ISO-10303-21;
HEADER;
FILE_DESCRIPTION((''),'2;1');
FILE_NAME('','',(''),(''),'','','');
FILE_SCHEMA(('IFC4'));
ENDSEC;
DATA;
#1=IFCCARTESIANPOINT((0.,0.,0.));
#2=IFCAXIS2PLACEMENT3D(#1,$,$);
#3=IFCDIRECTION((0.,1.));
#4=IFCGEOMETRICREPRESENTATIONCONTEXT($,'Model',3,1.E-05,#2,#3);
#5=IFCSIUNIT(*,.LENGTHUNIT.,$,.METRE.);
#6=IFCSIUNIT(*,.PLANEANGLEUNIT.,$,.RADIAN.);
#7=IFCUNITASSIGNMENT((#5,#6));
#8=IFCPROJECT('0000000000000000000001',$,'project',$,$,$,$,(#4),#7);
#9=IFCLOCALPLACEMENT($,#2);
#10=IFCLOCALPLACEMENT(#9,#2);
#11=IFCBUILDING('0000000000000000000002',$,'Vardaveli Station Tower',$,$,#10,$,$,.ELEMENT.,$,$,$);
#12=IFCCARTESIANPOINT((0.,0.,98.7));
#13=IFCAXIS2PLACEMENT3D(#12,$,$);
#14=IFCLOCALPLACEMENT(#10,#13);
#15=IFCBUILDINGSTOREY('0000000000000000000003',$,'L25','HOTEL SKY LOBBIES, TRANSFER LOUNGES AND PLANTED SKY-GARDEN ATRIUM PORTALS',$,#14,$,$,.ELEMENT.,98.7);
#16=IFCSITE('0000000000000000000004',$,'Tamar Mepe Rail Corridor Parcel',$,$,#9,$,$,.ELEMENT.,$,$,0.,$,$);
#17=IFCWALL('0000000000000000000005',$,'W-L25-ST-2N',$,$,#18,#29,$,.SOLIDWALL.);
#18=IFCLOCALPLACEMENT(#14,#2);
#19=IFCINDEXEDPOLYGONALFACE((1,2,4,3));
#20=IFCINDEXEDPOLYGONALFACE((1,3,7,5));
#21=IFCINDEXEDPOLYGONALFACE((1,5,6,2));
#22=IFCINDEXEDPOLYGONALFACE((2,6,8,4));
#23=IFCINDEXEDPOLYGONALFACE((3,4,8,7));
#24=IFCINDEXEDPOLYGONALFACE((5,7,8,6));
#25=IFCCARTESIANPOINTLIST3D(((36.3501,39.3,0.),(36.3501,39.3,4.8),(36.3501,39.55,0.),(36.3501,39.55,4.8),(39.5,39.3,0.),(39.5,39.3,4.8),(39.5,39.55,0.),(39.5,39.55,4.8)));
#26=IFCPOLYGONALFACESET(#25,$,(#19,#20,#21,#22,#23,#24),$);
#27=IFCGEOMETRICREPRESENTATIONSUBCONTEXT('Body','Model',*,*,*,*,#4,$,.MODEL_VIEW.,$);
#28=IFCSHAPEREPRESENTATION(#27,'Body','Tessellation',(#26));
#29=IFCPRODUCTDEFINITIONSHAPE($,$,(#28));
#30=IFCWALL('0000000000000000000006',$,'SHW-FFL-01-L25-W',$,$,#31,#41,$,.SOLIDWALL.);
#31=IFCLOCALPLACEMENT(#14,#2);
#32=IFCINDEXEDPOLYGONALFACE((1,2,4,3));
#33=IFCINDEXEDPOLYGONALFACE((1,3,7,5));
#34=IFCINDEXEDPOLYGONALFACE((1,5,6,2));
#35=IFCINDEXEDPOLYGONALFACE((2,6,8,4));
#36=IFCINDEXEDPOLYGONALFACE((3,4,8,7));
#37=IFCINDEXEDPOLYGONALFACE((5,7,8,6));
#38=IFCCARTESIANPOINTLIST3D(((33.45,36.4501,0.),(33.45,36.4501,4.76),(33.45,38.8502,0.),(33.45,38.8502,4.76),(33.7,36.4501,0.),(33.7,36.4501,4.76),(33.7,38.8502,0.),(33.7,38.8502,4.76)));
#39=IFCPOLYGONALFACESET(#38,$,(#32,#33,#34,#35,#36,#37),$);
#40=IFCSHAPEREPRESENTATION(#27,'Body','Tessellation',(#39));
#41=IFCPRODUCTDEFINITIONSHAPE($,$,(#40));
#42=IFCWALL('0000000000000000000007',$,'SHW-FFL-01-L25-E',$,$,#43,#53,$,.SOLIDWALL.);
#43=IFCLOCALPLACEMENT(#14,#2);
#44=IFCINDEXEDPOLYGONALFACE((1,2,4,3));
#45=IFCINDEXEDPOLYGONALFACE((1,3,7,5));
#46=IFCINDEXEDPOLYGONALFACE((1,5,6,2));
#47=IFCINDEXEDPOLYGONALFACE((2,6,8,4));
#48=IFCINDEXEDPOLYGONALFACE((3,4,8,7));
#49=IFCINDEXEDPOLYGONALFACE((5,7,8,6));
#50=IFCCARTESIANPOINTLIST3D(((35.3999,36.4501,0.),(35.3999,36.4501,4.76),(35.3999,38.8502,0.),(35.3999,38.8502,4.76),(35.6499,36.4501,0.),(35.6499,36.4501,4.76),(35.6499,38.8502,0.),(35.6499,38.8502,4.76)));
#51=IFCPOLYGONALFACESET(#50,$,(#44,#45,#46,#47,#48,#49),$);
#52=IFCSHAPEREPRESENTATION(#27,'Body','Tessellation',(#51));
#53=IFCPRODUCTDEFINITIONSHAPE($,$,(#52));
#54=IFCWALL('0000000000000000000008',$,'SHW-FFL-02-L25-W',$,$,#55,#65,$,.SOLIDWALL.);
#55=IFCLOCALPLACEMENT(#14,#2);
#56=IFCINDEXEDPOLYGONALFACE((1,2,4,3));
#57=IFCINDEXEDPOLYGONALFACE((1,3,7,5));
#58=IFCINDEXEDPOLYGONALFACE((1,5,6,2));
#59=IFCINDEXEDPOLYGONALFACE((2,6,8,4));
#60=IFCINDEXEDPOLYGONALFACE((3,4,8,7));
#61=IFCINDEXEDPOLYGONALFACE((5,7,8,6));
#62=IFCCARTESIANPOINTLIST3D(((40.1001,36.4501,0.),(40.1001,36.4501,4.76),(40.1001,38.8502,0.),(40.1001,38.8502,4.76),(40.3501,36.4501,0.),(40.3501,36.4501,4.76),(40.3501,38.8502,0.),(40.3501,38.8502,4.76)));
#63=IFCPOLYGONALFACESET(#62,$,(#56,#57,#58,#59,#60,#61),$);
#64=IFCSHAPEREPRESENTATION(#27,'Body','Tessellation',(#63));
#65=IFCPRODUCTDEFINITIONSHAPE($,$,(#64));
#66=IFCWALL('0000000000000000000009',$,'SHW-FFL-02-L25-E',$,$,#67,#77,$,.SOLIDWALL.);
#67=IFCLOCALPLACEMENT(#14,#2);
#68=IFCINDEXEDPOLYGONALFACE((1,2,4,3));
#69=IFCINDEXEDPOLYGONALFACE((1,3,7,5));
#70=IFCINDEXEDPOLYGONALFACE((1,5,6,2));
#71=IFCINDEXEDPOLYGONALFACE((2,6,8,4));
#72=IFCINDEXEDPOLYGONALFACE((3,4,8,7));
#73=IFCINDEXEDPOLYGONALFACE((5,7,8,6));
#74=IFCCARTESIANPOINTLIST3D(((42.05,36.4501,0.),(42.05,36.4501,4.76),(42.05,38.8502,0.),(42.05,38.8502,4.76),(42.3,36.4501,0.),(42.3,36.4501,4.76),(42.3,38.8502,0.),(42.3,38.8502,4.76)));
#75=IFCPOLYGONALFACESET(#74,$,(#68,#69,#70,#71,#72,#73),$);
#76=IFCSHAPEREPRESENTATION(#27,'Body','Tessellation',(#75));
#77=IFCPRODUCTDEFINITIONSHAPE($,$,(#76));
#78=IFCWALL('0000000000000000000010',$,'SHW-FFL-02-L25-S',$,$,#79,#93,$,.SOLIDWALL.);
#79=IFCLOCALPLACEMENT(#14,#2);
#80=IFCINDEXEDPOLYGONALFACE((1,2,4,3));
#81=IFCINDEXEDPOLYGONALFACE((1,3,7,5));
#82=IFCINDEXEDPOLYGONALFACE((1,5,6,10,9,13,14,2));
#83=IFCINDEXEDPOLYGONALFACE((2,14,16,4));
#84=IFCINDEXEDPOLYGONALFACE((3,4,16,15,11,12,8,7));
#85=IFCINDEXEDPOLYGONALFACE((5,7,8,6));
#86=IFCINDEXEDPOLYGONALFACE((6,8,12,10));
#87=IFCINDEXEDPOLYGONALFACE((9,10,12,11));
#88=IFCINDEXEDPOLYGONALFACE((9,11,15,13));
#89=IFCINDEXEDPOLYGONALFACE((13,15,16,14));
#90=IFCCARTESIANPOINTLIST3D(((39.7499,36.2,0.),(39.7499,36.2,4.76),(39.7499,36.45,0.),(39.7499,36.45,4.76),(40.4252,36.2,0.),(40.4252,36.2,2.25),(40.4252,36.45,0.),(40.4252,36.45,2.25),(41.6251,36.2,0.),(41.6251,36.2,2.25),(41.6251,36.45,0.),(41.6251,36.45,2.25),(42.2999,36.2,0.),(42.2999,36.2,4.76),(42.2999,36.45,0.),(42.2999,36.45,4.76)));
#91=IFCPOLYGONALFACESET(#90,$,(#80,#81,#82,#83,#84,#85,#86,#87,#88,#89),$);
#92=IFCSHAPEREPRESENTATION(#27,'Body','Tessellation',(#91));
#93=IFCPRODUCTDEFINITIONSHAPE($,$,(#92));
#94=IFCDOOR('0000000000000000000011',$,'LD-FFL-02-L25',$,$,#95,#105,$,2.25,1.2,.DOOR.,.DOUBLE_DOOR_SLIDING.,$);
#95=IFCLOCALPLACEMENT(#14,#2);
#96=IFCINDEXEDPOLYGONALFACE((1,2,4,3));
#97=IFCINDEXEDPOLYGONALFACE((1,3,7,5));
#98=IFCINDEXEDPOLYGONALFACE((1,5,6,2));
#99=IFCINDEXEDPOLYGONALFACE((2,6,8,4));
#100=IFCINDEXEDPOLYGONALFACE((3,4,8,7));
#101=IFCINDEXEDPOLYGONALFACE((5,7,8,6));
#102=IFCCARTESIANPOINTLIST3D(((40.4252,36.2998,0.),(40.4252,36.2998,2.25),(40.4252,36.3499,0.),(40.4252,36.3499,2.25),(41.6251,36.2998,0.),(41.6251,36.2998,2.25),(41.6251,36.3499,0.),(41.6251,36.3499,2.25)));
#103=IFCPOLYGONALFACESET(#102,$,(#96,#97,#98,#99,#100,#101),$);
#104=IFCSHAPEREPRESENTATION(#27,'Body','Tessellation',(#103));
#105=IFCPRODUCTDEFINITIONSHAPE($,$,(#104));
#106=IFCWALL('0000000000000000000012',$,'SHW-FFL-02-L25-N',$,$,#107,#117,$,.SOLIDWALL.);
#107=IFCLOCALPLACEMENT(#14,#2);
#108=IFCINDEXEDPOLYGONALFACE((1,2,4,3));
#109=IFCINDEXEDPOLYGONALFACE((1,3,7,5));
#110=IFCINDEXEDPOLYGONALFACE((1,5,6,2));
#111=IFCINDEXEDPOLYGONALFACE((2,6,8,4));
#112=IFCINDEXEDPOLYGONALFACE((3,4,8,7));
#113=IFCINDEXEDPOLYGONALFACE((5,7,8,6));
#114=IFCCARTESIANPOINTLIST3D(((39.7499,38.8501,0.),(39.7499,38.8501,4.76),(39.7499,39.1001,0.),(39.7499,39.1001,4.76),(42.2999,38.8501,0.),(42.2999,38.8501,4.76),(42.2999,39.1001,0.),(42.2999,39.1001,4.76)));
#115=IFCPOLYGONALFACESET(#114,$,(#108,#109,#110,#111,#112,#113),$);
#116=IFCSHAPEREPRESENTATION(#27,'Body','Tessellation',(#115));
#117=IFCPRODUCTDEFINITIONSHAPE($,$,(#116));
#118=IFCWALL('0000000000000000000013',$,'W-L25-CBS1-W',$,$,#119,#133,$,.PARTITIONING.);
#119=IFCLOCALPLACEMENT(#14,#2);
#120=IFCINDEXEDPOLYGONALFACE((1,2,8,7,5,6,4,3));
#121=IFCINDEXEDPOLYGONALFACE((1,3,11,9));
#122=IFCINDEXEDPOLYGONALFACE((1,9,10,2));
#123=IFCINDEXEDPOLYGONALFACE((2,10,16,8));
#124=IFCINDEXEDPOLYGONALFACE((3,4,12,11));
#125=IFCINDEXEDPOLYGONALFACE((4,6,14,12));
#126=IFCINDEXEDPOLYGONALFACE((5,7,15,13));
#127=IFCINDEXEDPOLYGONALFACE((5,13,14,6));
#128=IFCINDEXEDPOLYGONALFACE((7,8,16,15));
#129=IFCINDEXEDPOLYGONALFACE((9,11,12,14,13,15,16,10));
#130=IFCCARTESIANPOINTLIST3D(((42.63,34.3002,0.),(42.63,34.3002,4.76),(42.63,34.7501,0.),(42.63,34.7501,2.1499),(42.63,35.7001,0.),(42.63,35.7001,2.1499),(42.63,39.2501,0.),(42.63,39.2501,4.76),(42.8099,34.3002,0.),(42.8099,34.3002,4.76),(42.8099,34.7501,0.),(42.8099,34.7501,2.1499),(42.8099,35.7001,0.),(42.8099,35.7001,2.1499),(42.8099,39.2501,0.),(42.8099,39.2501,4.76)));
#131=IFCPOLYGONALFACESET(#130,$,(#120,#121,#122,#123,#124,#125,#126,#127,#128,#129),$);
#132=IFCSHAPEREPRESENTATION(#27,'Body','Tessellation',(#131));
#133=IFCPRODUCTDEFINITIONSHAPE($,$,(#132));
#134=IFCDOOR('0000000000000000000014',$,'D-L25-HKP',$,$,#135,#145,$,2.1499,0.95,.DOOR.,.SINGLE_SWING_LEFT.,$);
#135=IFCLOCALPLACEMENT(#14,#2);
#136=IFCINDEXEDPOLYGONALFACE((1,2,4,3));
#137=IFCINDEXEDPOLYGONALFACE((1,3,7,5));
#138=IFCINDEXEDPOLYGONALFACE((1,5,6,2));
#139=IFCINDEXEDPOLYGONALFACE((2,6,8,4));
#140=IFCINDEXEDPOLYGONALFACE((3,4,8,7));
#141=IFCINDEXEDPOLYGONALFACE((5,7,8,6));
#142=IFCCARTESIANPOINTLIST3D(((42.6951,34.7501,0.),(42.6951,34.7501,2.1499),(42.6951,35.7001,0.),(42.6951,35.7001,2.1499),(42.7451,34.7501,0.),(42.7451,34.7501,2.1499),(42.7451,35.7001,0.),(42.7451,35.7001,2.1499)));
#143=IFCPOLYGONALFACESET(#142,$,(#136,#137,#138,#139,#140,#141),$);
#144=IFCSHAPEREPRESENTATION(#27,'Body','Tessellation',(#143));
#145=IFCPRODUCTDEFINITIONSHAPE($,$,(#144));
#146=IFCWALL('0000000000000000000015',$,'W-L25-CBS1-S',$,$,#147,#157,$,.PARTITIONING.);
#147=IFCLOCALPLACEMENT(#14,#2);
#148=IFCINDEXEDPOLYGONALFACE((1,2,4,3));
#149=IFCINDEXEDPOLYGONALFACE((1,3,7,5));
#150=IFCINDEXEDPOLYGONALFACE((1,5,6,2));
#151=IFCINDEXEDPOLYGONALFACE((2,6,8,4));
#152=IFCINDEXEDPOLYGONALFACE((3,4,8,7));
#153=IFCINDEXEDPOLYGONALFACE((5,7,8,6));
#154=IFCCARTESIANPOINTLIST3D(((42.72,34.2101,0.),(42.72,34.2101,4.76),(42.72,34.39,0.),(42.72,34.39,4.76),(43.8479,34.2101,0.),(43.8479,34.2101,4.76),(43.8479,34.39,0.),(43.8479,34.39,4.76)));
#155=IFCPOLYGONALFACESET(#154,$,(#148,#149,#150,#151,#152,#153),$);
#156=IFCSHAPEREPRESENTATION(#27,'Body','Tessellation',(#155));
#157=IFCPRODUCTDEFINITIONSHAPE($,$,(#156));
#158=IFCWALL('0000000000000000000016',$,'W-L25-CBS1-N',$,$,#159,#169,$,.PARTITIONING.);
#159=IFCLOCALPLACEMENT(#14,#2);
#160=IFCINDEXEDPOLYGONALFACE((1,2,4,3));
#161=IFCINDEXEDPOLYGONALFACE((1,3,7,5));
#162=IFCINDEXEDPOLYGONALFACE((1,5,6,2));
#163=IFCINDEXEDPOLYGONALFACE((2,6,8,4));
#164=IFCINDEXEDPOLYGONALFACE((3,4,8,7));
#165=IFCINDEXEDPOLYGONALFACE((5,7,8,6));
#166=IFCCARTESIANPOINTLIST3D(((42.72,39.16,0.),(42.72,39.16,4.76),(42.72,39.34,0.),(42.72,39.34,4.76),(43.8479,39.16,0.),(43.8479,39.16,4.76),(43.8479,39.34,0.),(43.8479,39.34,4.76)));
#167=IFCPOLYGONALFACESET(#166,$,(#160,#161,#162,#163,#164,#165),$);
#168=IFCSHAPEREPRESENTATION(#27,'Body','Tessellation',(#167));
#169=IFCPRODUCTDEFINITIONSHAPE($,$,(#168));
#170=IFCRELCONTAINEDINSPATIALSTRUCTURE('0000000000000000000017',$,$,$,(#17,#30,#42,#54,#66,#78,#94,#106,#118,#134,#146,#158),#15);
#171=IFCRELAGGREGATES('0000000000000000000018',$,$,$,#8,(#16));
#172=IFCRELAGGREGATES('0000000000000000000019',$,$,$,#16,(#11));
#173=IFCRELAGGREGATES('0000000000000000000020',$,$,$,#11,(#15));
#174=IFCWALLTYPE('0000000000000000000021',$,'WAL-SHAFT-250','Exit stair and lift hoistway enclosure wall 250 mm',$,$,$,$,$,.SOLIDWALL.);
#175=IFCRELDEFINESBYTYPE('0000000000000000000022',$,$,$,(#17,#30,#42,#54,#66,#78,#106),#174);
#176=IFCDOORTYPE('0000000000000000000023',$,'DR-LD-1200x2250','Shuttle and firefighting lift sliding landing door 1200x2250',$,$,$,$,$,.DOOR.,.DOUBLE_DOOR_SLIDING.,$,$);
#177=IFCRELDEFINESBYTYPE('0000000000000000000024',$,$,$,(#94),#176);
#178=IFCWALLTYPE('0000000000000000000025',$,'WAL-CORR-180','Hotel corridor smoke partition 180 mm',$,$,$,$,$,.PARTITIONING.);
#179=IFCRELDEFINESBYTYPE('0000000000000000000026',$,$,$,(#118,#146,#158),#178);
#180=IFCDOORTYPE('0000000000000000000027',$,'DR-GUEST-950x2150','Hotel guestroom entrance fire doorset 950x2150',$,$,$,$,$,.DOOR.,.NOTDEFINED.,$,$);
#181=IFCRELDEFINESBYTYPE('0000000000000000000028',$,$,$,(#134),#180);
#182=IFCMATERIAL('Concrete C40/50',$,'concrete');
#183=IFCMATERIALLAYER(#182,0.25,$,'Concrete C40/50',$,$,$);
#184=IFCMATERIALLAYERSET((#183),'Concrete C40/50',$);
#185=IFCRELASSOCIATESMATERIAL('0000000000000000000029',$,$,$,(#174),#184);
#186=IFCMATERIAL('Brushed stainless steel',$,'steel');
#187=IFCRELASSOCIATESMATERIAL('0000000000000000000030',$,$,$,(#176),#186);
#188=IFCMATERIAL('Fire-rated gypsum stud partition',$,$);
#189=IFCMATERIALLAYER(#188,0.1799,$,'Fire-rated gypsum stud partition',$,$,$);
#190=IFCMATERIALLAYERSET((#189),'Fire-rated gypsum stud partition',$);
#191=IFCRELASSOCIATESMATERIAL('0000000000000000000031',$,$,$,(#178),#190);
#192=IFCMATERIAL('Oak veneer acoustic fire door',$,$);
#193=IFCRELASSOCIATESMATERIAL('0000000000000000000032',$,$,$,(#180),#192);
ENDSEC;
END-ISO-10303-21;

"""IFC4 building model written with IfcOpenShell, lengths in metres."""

from ifc_helpers import new_model, si_unit, direction, frame, frame_2d, origin, place, context, subcontext, project, spatial, rectangle, extrude, source, transform, mapped, material, layer, layer_set, type_object, element, fill, save


model = new_model("IFC4")

# Units and contexts
model_context = context("Model", 3, precision=1e-05, world=origin(), true_north=direction((0.0, 1.0)))
body_context = subcontext(model_context, "Body", "Model", "MODEL_VIEW")
ifc_project = project(units=[si_unit("LENGTHUNIT", "METRE"), si_unit("PLANEANGLEUNIT", "RADIAN")], contexts=[model_context])

# Site, building, storey
site_placement = place(None, origin())
site = spatial("IfcSite", under=ifc_project, at=site_placement, Name="Tamar Mepe Rail Corridor Parcel", CompositionType="ELEMENT", RefElevation=0.0)
building_placement = place(site_placement, origin())
building = spatial("IfcBuilding", under=site, at=building_placement, Name="Vardaveli Station Tower", CompositionType="ELEMENT")
storey_placement = place(building_placement, frame((0.0, 0.0, 98.7)))
storey = spatial("IfcBuildingStorey", under=building, at=storey_placement, Name="L25", Description="HOTEL SKY LOBBIES, TRANSFER LOUNGES AND PLANTED SKY-GARDEN ATRIUM PORTALS", CompositionType="ELEMENT", Elevation=98.7)

# Walls
ifc_material_1 = material(Name="Concrete C40/50", Category="concrete")
ifc_layer_1 = layer(ifc_material_1, 0.25, Name="Concrete C40/50")
ifc_layer_set_1 = layer_set([ifc_layer_1], Name="Concrete C40/50")
wall_type_1 = type_object("IfcWallType", Name="WAL-SHAFT-250", Description="Exit stair and lift hoistway enclosure wall 250 mm", PredefinedType="SOLIDWALL", material=ifc_layer_set_1)
shared_shape_1 = source(origin(), body_context, "Body", "SweptSolid", [
    extrude(rectangle(XDim=3.1499, YDim=0.25, at=frame_2d((1.575, 0.0))), origin(), (0.0, 0.0, 1.0), 4.8),
])
wall_1_placement = place(storey_placement, frame((36.3501, 39.425, 0.0), z_axis=(0.0, 0.0, 1.0), x_axis=(1.0, 0.0, 0.0)))
element("IfcWall", 1, at=wall_1_placement, inside=storey, type_object=wall_type_1, Name="W-L25-ST-2N", PredefinedType="SOLIDWALL", context=body_context, shape_type="MappedRepresentation", body=[
    mapped(shared_shape_1, transform((0.0, 0.0, 0.0), scale=1.0)),
])
shared_shape_2 = source(origin(), body_context, "Body", "SweptSolid", [
    extrude(rectangle(XDim=2.4001, YDim=0.25, at=frame_2d((1.2002, 0.0))), origin(), (0.0, 0.0, 1.0), 4.76),
])
for number, where, z_axis, x_axis, name in (
    (2, (33.575, 36.45, 0.0), (0.0, 0.0, 1.0), (0.0, 1.0, 0.0), "SHW-FFL-01-L25-W"),
    (3, (35.5249, 36.45, 0.0), (0.0, 0.0, 1.0), (0.0, 1.0, 0.0), "SHW-FFL-01-L25-E"),
    (4, (40.2251, 36.45, 0.0), (0.0, 0.0, 1.0), (0.0, 1.0, 0.0), "SHW-FFL-02-L25-W"),
    (5, (42.175, 36.45, 0.0), (0.0, 0.0, 1.0), (0.0, 1.0, 0.0), "SHW-FFL-02-L25-E"),
):
    element("IfcWall", number, at=place(storey_placement, frame(where, z_axis=z_axis, x_axis=x_axis)), inside=storey, type_object=wall_type_1, Name=name, PredefinedType="SOLIDWALL", context=body_context, shape_type="MappedRepresentation", body=[
        mapped(shared_shape_2, transform((0.0, 0.0, 0.0), scale=1.0)),
    ])

# Wall, opening, door
shared_shape_3 = source(origin(), body_context, "Body", "SweptSolid", [
    extrude(rectangle(XDim=2.55, YDim=0.25, at=frame_2d((1.2749, 0.0))), origin(), (0.0, 0.0, 1.0), 4.76),
])
wall_2_placement = place(storey_placement, frame((39.75, 36.325, 0.0), z_axis=(0.0, 0.0, 1.0), x_axis=(1.0, 0.0, 0.0)))
wall_2 = element("IfcWall", 6, at=wall_2_placement, inside=storey, type_object=wall_type_1, Name="SHW-FFL-02-L25-S", PredefinedType="SOLIDWALL", context=body_context, shape_type="MappedRepresentation", body=[
    mapped(shared_shape_3, transform((0.0, 0.0, 0.0), scale=1.0)),
])
shared_shape_4 = source(origin(), body_context, "Body", "SweptSolid", [
    extrude(rectangle(XDim=1.2, YDim=2.25, at=frame_2d((0.6001, 1.125))), frame((0.0, 0.135, 0.0), z_axis=(0.0, -1.0, 0.0), x_axis=(1.0, 0.0, 0.0)), (0.0, 0.0, 1.0), 0.27),
])
opening_1_placement = place(wall_2_placement, frame((0.675, 0.0, 0.0)))
opening_1 = element("IfcOpeningElement", 7, at=opening_1_placement, cuts=wall_2, PredefinedType="OPENING", context=body_context, shape_type="MappedRepresentation", body=[
    mapped(shared_shape_4, transform((0.0, 0.0, 0.0), scale=1.0)),
])
ifc_material_2 = material(Name="Brushed stainless steel", Category="steel")
door_type_1 = type_object("IfcDoorType", Name="DR-LD-1200x2250", Description="Shuttle and firefighting lift sliding landing door 1200x2250", OperationType="DOUBLE_DOOR_SLIDING", PredefinedType="DOOR", material=ifc_material_2)
shared_shape_5 = source(origin(), body_context, "Body", "SweptSolid", [
    extrude(rectangle(XDim=1.2, YDim=2.25, at=frame_2d((0.6001, 1.125))), frame((0.0, 0.0249, 0.0), z_axis=(0.0, -1.0, 0.0), x_axis=(1.0, 0.0, 0.0)), (0.0, 0.0, 1.0), 0.05),
])
door_1_placement = place(opening_1_placement, origin())
door_1 = element("IfcDoor", 8, at=door_1_placement, inside=storey, type_object=door_type_1, Name="LD-FFL-02-L25", OperationType="DOUBLE_DOOR_SLIDING", OverallHeight=2.25, OverallWidth=1.2, PredefinedType="DOOR", context=body_context, shape_type="MappedRepresentation", body=[
    mapped(shared_shape_5, transform((0.0, 0.0, 0.0), scale=1.0)),
])
fill(opening_1, door_1)

# Wall
wall_3_placement = place(storey_placement, frame((39.75, 38.9751, 0.0), z_axis=(0.0, 0.0, 1.0), x_axis=(1.0, 0.0, 0.0)))
element("IfcWall", 9, at=wall_3_placement, inside=storey, type_object=wall_type_1, Name="SHW-FFL-02-L25-N", PredefinedType="SOLIDWALL", context=body_context, shape_type="MappedRepresentation", body=[
    mapped(shared_shape_3, transform((0.0, 0.0, 0.0), scale=1.0)),
])

# Wall, opening, door
ifc_material_3 = material(Name="Fire-rated gypsum stud partition")
ifc_layer_2 = layer(ifc_material_3, 0.1799, Name="Fire-rated gypsum stud partition")
ifc_layer_set_2 = layer_set([ifc_layer_2], Name="Fire-rated gypsum stud partition")
wall_type_2 = type_object("IfcWallType", Name="WAL-CORR-180", Description="Hotel corridor smoke partition 180 mm", PredefinedType="PARTITIONING", material=ifc_layer_set_2)
shared_shape_6 = source(origin(), body_context, "Body", "SweptSolid", [
    extrude(rectangle(XDim=4.95, YDim=0.1799, at=frame_2d((2.4751, 0.0))), origin(), (0.0, 0.0, 1.0), 4.76),
])
wall_4_placement = place(storey_placement, frame((42.72, 34.3, 0.0), z_axis=(0.0, 0.0, 1.0), x_axis=(0.0, 1.0, 0.0)))
wall_4 = element("IfcWall", 10, at=wall_4_placement, inside=storey, type_object=wall_type_2, Name="W-L25-CBS1-W", PredefinedType="PARTITIONING", context=body_context, shape_type="MappedRepresentation", body=[
    mapped(shared_shape_6, transform((0.0, 0.0, 0.0), scale=1.0)),
])
shared_shape_7 = source(origin(), body_context, "Body", "SweptSolid", [
    extrude(rectangle(XDim=0.95, YDim=2.1499, at=frame_2d((0.4751, 1.075))), frame((0.0, 0.1001, 0.0), z_axis=(0.0, -1.0, 0.0), x_axis=(1.0, 0.0, 0.0)), (0.0, 0.0, 1.0), 0.2),
])
opening_2_placement = place(wall_4_placement, frame((0.45, 0.0, 0.0)))
opening_2 = element("IfcOpeningElement", 11, at=opening_2_placement, cuts=wall_4, PredefinedType="OPENING", context=body_context, shape_type="MappedRepresentation", body=[
    mapped(shared_shape_7, transform((0.0, 0.0, 0.0), scale=1.0)),
])
ifc_material_4 = material(Name="Oak veneer acoustic fire door")
door_type_2 = type_object("IfcDoorType", Name="DR-GUEST-950x2150", Description="Hotel guestroom entrance fire doorset 950x2150", OperationType="NOTDEFINED", PredefinedType="DOOR", material=ifc_material_4)
shared_shape_8 = source(origin(), body_context, "Body", "SweptSolid", [
    extrude(rectangle(XDim=0.95, YDim=2.1499, at=frame_2d((0.4751, 1.075))), frame((0.0, 0.0249, 0.0), z_axis=(0.0, -1.0, 0.0), x_axis=(1.0, 0.0, 0.0)), (0.0, 0.0, 1.0), 0.05),
])
door_2_placement = place(opening_2_placement, origin())
door_2 = element("IfcDoor", 12, at=door_2_placement, inside=storey, type_object=door_type_2, Name="D-L25-HKP", OperationType="SINGLE_SWING_LEFT", OverallHeight=2.1499, OverallWidth=0.95, PredefinedType="DOOR", context=body_context, shape_type="MappedRepresentation", body=[
    mapped(shared_shape_8, transform((0.0, 0.0, 0.0), scale=1.0)),
])
fill(opening_2, door_2)

# Walls
shared_shape_9 = source(origin(), body_context, "Body", "SweptSolid", [
    extrude(rectangle(XDim=1.1279, YDim=0.1799, at=frame_2d((0.564, 0.0))), origin(), (0.0, 0.0, 1.0), 4.76),
])
for number, where, z_axis, x_axis, name in (
    (13, (42.72, 34.3, 0.0), (0.0, 0.0, 1.0), (1.0, 0.0, 0.0), "W-L25-CBS1-S"),
    (14, (42.72, 39.25, 0.0), (0.0, 0.0, 1.0), (1.0, 0.0, 0.0), "W-L25-CBS1-N"),
):
    element("IfcWall", number, at=place(storey_placement, frame(where, z_axis=z_axis, x_axis=x_axis)), inside=storey, type_object=wall_type_2, Name=name, PredefinedType="PARTITIONING", context=body_context, shape_type="MappedRepresentation", body=[
        mapped(shared_shape_9, transform((0.0, 0.0, 0.0), scale=1.0)),
    ])

save(model, "model.ifc")
